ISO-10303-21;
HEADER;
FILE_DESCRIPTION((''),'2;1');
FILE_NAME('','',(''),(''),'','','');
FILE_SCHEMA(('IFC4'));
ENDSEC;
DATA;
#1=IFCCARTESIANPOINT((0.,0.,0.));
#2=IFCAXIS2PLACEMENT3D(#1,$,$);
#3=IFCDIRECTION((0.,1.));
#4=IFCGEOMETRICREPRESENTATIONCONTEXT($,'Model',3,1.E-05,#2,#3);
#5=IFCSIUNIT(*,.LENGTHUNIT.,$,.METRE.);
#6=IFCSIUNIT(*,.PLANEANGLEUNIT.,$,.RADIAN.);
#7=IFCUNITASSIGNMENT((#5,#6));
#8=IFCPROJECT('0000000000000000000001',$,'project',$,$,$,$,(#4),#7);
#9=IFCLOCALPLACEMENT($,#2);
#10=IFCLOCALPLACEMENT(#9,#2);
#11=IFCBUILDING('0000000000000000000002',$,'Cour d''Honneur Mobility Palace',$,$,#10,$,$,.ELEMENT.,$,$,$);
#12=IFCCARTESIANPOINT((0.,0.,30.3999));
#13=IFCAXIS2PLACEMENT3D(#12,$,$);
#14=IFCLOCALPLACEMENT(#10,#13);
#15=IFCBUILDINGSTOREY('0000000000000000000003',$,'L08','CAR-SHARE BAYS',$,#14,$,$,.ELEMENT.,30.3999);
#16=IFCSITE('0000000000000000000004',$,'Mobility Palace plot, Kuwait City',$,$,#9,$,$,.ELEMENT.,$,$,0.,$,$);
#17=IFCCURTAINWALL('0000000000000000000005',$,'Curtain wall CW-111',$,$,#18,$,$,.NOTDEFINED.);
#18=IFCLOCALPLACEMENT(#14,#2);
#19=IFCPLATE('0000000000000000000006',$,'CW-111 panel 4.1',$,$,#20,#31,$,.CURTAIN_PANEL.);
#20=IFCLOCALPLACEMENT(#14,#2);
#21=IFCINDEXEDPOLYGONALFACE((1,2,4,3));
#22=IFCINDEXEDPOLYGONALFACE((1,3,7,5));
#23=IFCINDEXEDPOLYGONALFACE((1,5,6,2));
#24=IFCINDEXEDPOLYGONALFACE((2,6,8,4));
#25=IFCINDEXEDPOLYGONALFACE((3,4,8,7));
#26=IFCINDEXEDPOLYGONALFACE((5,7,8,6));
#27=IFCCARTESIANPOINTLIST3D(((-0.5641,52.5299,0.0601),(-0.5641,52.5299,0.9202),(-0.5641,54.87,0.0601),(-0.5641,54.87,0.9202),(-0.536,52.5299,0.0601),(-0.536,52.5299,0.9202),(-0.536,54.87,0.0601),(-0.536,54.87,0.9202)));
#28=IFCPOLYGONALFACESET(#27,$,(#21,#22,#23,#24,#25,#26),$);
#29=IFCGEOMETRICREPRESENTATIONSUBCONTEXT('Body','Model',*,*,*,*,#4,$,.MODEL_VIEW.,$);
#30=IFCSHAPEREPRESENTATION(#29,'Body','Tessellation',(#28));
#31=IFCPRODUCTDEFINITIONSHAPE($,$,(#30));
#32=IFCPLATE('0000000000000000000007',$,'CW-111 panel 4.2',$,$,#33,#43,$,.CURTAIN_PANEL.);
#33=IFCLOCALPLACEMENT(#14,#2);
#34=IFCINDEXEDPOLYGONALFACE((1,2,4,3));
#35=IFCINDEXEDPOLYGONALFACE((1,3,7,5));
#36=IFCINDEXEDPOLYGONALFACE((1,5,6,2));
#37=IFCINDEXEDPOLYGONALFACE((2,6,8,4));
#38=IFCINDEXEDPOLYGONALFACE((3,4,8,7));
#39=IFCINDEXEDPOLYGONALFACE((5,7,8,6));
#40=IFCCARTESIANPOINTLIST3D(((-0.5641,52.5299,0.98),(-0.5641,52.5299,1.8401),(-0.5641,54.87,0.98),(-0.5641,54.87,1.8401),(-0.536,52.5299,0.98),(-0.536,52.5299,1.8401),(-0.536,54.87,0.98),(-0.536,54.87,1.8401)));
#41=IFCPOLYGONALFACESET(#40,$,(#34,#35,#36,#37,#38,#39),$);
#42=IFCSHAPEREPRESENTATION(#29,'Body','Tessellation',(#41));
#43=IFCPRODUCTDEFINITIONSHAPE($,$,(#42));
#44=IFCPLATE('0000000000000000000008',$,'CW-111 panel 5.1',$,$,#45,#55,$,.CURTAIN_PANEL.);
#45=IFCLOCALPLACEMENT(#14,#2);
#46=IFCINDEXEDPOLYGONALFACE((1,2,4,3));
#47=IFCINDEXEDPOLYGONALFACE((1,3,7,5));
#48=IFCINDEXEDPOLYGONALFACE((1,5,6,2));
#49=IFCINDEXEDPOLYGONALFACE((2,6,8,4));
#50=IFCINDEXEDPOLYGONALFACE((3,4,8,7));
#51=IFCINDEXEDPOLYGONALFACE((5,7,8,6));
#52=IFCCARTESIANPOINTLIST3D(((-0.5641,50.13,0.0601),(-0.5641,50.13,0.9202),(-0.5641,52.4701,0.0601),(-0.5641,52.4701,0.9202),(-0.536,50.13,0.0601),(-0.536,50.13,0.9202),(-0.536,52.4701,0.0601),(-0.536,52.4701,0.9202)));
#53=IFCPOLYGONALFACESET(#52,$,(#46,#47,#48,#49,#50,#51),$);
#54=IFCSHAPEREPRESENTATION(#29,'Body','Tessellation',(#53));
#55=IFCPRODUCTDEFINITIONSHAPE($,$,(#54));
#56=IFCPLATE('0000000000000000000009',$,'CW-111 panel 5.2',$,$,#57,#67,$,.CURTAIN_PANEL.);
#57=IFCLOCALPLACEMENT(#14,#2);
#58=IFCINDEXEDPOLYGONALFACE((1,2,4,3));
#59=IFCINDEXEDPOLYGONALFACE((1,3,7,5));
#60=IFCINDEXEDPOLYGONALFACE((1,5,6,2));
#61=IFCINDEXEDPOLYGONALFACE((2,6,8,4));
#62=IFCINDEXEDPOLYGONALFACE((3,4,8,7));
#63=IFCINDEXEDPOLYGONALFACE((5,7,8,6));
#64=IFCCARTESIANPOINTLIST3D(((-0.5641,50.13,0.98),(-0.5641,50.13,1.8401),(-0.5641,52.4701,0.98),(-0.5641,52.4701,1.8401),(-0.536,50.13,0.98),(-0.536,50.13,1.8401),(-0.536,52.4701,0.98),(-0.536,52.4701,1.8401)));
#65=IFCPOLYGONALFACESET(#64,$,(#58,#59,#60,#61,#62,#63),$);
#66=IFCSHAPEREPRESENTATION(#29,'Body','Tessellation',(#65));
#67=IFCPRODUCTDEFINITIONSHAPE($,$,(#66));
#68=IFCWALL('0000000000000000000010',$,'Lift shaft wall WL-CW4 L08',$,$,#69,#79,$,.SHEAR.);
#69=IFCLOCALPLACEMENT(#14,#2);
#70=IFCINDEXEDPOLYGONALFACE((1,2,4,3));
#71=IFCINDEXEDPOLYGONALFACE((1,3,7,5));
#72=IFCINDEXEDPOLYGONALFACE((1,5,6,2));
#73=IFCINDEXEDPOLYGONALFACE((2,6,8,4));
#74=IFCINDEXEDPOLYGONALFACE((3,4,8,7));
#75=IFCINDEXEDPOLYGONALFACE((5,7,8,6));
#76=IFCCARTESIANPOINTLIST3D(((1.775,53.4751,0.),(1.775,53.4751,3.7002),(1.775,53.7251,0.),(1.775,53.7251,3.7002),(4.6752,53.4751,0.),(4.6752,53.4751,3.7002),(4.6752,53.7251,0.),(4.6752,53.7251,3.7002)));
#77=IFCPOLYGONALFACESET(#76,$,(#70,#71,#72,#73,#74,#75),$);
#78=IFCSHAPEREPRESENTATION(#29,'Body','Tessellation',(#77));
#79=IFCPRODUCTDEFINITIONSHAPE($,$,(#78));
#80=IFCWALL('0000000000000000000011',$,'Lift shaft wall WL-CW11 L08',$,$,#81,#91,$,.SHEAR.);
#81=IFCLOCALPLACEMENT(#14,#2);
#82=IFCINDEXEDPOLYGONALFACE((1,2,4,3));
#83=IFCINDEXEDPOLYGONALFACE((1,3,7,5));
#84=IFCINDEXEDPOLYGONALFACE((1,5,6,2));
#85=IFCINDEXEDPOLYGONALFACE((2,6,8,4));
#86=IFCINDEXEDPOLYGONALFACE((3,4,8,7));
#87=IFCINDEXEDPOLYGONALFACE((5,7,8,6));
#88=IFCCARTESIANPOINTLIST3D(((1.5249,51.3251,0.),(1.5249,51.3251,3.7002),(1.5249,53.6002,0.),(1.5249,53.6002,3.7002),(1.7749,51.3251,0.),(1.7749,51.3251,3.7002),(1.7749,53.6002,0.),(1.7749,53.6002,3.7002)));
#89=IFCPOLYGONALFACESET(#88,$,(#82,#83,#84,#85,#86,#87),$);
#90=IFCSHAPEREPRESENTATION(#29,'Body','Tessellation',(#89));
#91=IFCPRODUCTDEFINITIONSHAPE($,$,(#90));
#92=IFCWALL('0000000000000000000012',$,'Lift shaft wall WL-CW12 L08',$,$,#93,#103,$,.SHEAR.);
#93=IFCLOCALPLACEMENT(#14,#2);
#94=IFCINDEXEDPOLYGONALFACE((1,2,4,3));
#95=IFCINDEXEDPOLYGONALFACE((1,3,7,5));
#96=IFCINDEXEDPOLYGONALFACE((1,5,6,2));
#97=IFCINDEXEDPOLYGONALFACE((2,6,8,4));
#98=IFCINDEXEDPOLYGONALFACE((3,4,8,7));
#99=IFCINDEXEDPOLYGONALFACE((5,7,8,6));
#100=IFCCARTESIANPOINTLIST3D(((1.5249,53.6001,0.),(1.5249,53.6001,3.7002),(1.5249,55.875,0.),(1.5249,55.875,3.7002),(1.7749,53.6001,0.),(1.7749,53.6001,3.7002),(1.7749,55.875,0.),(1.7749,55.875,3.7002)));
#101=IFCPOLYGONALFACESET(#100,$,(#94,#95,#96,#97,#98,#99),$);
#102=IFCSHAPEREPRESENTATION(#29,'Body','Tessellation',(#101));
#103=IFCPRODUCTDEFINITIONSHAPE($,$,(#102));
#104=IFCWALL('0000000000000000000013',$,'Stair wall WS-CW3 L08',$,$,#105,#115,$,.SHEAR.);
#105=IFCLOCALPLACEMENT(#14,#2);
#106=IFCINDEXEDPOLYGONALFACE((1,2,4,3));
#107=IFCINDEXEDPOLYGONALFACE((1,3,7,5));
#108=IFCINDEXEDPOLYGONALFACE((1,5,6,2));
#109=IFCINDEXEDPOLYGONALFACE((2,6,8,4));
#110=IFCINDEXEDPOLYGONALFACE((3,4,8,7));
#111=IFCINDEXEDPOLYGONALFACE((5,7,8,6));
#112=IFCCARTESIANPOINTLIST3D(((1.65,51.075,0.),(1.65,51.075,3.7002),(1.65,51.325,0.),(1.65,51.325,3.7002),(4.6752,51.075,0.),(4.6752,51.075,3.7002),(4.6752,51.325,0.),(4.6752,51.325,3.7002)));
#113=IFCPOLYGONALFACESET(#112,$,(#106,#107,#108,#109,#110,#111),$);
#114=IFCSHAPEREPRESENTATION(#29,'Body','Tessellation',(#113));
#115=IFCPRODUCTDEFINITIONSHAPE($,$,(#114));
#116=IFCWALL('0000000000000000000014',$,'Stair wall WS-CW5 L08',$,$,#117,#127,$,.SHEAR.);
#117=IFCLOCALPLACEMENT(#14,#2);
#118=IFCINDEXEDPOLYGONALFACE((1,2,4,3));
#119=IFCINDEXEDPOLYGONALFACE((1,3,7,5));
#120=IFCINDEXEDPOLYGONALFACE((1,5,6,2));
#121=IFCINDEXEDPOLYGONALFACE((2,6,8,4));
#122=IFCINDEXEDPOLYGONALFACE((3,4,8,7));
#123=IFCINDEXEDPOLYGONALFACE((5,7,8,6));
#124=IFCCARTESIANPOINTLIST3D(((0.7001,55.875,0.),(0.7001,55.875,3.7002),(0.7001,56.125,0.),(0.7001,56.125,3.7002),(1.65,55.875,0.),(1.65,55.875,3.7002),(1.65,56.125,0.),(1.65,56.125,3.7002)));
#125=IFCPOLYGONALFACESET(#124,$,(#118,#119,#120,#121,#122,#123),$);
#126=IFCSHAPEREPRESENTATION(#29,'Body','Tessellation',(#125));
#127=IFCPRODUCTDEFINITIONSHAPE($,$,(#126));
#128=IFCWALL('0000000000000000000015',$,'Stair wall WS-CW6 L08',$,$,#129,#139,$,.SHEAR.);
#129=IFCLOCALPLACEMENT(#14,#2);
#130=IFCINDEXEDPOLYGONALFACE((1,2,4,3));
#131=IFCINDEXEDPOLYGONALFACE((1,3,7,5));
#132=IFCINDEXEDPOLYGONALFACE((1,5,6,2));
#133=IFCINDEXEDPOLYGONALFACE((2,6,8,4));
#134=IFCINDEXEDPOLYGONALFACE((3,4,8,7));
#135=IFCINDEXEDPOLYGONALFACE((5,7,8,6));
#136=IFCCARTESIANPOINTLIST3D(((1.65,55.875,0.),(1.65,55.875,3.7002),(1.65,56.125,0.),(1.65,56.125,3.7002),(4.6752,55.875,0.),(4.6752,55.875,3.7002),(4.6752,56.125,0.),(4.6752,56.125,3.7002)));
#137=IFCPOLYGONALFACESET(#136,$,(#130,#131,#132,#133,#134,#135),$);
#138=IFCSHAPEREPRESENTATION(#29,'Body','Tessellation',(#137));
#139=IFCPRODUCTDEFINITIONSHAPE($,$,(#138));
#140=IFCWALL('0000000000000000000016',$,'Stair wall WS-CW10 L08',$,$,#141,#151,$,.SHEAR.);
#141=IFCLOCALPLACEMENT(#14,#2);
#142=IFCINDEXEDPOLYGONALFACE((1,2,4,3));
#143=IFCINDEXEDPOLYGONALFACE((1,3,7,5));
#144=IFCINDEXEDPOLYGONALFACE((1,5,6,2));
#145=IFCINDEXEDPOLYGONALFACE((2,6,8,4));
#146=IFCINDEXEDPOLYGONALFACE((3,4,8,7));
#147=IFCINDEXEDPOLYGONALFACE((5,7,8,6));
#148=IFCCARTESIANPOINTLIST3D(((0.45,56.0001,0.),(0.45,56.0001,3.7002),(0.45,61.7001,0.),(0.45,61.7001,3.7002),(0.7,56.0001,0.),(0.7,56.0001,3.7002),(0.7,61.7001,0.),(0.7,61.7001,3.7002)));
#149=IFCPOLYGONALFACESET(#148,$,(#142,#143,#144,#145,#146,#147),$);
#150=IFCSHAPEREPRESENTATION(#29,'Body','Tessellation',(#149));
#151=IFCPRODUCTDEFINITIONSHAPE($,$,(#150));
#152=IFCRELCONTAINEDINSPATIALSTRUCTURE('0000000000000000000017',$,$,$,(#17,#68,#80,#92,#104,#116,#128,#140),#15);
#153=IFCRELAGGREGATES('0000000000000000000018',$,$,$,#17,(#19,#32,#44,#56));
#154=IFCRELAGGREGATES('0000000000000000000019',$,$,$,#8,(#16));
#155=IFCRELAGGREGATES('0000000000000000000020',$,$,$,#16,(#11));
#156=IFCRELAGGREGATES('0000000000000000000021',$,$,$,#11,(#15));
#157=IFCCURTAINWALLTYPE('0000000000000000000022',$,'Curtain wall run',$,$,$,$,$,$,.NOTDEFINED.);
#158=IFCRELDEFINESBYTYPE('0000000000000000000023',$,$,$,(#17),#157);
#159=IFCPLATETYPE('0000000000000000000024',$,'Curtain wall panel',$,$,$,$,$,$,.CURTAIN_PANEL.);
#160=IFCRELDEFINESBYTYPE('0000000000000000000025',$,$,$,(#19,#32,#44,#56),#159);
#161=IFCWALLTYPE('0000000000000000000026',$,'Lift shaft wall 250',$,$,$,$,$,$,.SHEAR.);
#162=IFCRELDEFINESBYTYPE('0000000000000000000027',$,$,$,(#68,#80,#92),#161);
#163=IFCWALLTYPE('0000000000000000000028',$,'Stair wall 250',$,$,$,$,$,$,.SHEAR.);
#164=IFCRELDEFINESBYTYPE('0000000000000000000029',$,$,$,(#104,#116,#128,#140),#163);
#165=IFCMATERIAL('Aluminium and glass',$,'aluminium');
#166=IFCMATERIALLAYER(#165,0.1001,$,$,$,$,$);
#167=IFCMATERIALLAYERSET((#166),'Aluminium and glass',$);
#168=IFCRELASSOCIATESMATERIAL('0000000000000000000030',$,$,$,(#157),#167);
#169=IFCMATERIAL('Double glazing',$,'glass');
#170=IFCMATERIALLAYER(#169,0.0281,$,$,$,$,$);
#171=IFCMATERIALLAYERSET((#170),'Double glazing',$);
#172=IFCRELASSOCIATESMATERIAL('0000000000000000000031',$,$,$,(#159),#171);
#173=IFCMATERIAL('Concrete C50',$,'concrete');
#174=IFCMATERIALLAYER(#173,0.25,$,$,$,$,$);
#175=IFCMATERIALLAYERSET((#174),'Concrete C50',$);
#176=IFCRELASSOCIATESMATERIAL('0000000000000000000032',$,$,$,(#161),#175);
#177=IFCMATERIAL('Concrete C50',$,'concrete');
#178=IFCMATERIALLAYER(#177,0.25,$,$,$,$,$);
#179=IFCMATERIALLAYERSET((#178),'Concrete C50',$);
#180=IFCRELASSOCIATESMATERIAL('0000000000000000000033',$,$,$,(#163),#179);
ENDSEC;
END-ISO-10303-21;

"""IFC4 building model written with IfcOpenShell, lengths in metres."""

from ifc_helpers import new_model, si_unit, direction, frame, frame_2d, origin, origin_2d, place, context, subcontext, project, spatial, rectangle, extrude, material, layer, layer_set, type_object, element, aggregate, save


model = new_model("IFC4")

# Units and contexts
model_context = context("Model", 3, precision=1e-05, world=origin(), true_north=direction((0.0, 1.0)))
body_context = subcontext(model_context, "Body", "Model", "MODEL_VIEW")
ifc_project = project(units=[si_unit("LENGTHUNIT", "METRE"), si_unit("PLANEANGLEUNIT", "RADIAN")], contexts=[model_context])

# Site, building, storey
site_placement = place(None, origin())
site = spatial("IfcSite", under=ifc_project, at=site_placement, Name="Mobility Palace plot, Kuwait City", CompositionType="ELEMENT", RefElevation=0.0)
building_placement = place(site_placement, origin())
building = spatial("IfcBuilding", under=site, at=building_placement, Name="Cour d'Honneur Mobility Palace", CompositionType="ELEMENT")
storey_placement = place(building_placement, frame((0.0, 0.0, 30.3999)))
storey = spatial("IfcBuildingStorey", under=building, at=storey_placement, Name="L08", Description="CAR-SHARE BAYS", CompositionType="ELEMENT", Elevation=30.3999)

# Curtain wall, plates
ifc_material_1 = material(Name="Aluminium and glass", Category="aluminium")
ifc_layer_1 = layer(ifc_material_1, 0.1001)
ifc_layer_set_1 = layer_set([ifc_layer_1], Name="Aluminium and glass")
curtain_wall_type = type_object("IfcCurtainWallType", Name="Curtain wall run", PredefinedType="NOTDEFINED", material=ifc_layer_set_1)
curtain_wall_placement = place(storey_placement, origin())
curtain_wall = element("IfcCurtainWall", 1, at=curtain_wall_placement, inside=storey, type_object=curtain_wall_type, Name="Curtain wall CW-111", PredefinedType="NOTDEFINED")
ifc_material_2 = material(Name="Double glazing", Category="glass")
ifc_layer_2 = layer(ifc_material_2, 0.0281)
ifc_layer_set_2 = layer_set([ifc_layer_2], Name="Double glazing")
plate_type = type_object("IfcPlateType", Name="Curtain wall panel", PredefinedType="CURTAIN_PANEL", material=ifc_layer_set_2)
plate_1_placement = place(storey_placement, frame((-0.55, 53.7, 0.0601), z_axis=(0.0, 0.0, 1.0), x_axis=(0.0, -1.0, 0.0)))
plate_1 = element("IfcPlate", 2, at=plate_1_placement, type_object=plate_type, Name="CW-111 panel 4.1", PredefinedType="CURTAIN_PANEL", context=body_context, shape_type="SweptSolid", body=[
    extrude(rectangle(XDim=2.3401, YDim=0.0281, at=origin_2d()), origin(), (0.0, 0.0, 1.0), 0.8601),
])
plate_2_placement = place(storey_placement, frame((-0.55, 53.7, 0.98), z_axis=(0.0, 0.0, 1.0), x_axis=(0.0, -1.0, 0.0)))
plate_2 = element("IfcPlate", 3, at=plate_2_placement, type_object=plate_type, Name="CW-111 panel 4.2", PredefinedType="CURTAIN_PANEL", context=body_context, shape_type="SweptSolid", body=[
    extrude(rectangle(XDim=2.3401, YDim=0.0281, at=origin_2d()), origin(), (0.0, 0.0, 1.0), 0.8601),
])
plate_3_placement = place(storey_placement, frame((-0.55, 51.3, 0.0601), z_axis=(0.0, 0.0, 1.0), x_axis=(0.0, -1.0, 0.0)))
plate_3 = element("IfcPlate", 4, at=plate_3_placement, type_object=plate_type, Name="CW-111 panel 5.1", PredefinedType="CURTAIN_PANEL", context=body_context, shape_type="SweptSolid", body=[
    extrude(rectangle(XDim=2.3401, YDim=0.0281, at=origin_2d()), origin(), (0.0, 0.0, 1.0), 0.8601),
])
plate_4_placement = place(storey_placement, frame((-0.55, 51.3, 0.98), z_axis=(0.0, 0.0, 1.0), x_axis=(0.0, -1.0, 0.0)))
plate_4 = element("IfcPlate", 5, at=plate_4_placement, type_object=plate_type, Name="CW-111 panel 5.2", PredefinedType="CURTAIN_PANEL", context=body_context, shape_type="SweptSolid", body=[
    extrude(rectangle(XDim=2.3401, YDim=0.0281, at=origin_2d()), origin(), (0.0, 0.0, 1.0), 0.8601),
])
aggregate(curtain_wall, [plate_1, plate_2, plate_3, plate_4])

# Walls
ifc_material_3 = material(Name="Concrete C50", Category="concrete")
ifc_layer_3 = layer(ifc_material_3, 0.25)
ifc_layer_set_3 = layer_set([ifc_layer_3], Name="Concrete C50")
wall_type_1 = type_object("IfcWallType", Name="Lift shaft wall 250", PredefinedType="SHEAR", material=ifc_layer_set_3)
wall_1_placement = place(storey_placement, frame((1.7749, 53.6001, 0.0), z_axis=(0.0, 0.0, 1.0), x_axis=(1.0, 0.0, 0.0)))
element("IfcWall", 6, at=wall_1_placement, inside=storey, type_object=wall_type_1, Name="Lift shaft wall WL-CW4 L08", PredefinedType="SHEAR", context=body_context, shape_type="SweptSolid", body=[
    extrude(rectangle(XDim=2.9001, YDim=0.25, at=frame_2d((1.4502, 0.0))), origin(), (0.0, 0.0, 1.0), 3.7002),
])
wall_2_placement = place(storey_placement, frame((1.6499, 51.325, 0.0), z_axis=(0.0, 0.0, 1.0), x_axis=(0.0, 1.0, 0.0)))
element("IfcWall", 7, at=wall_2_placement, inside=storey, type_object=wall_type_1, Name="Lift shaft wall WL-CW11 L08", PredefinedType="SHEAR", context=body_context, shape_type="SweptSolid", body=[
    extrude(rectangle(XDim=2.2751, YDim=0.25, at=frame_2d((1.1377, 0.0))), origin(), (0.0, 0.0, 1.0), 3.7002),
])
wall_3_placement = place(storey_placement, frame((1.6499, 53.6001, 0.0), z_axis=(0.0, 0.0, 1.0), x_axis=(0.0, 1.0, 0.0)))
element("IfcWall", 8, at=wall_3_placement, inside=storey, type_object=wall_type_1, Name="Lift shaft wall WL-CW12 L08", PredefinedType="SHEAR", context=body_context, shape_type="SweptSolid", body=[
    extrude(rectangle(XDim=2.2749, YDim=0.25, at=frame_2d((1.1375, 0.0))), origin(), (0.0, 0.0, 1.0), 3.7002),
])
ifc_material_4 = material(Name="Concrete C50", Category="concrete")
ifc_layer_4 = layer(ifc_material_4, 0.25)
ifc_layer_set_4 = layer_set([ifc_layer_4], Name="Concrete C50")
wall_type_2 = type_object("IfcWallType", Name="Stair wall 250", PredefinedType="SHEAR", material=ifc_layer_set_4)
wall_4_placement = place(storey_placement, frame((1.6499, 51.2, 0.0), z_axis=(0.0, 0.0, 1.0), x_axis=(1.0, 0.0, 0.0)))
element("IfcWall", 9, at=wall_4_placement, inside=storey, type_object=wall_type_2, Name="Stair wall WS-CW3 L08", PredefinedType="SHEAR", context=body_context, shape_type="SweptSolid", body=[
    extrude(rectangle(XDim=3.0251, YDim=0.25, at=frame_2d((1.5127, 0.0))), origin(), (0.0, 0.0, 1.0), 3.7002),
])
wall_5_placement = place(storey_placement, frame((0.7, 56.0, 0.0), z_axis=(0.0, 0.0, 1.0), x_axis=(1.0, 0.0, 0.0)))
element("IfcWall", 10, at=wall_5_placement, inside=storey, type_object=wall_type_2, Name="Stair wall WS-CW5 L08", PredefinedType="SHEAR", context=body_context, shape_type="SweptSolid", body=[
    extrude(rectangle(XDim=0.95, YDim=0.25, at=frame_2d((0.4751, 0.0))), origin(), (0.0, 0.0, 1.0), 3.7002),
])
wall_6_placement = place(storey_placement, frame((1.6499, 56.0, 0.0), z_axis=(0.0, 0.0, 1.0), x_axis=(1.0, 0.0, 0.0)))
element("IfcWall", 11, at=wall_6_placement, inside=storey, type_object=wall_type_2, Name="Stair wall WS-CW6 L08", PredefinedType="SHEAR", context=body_context, shape_type="SweptSolid", body=[
    extrude(rectangle(XDim=3.0251, YDim=0.25, at=frame_2d((1.5127, 0.0))), origin(), (0.0, 0.0, 1.0), 3.7002),
])
wall_7_placement = place(storey_placement, frame((0.575, 56.0, 0.0), z_axis=(0.0, 0.0, 1.0), x_axis=(0.0, 1.0, 0.0)))
element("IfcWall", 12, at=wall_7_placement, inside=storey, type_object=wall_type_2, Name="Stair wall WS-CW10 L08", PredefinedType="SHEAR", context=body_context, shape_type="SweptSolid", body=[
    extrude(rectangle(XDim=5.7, YDim=0.25, at=frame_2d((2.8501, 0.0))), origin(), (0.0, 0.0, 1.0), 3.7002),
])

save(model, "model.ifc")
